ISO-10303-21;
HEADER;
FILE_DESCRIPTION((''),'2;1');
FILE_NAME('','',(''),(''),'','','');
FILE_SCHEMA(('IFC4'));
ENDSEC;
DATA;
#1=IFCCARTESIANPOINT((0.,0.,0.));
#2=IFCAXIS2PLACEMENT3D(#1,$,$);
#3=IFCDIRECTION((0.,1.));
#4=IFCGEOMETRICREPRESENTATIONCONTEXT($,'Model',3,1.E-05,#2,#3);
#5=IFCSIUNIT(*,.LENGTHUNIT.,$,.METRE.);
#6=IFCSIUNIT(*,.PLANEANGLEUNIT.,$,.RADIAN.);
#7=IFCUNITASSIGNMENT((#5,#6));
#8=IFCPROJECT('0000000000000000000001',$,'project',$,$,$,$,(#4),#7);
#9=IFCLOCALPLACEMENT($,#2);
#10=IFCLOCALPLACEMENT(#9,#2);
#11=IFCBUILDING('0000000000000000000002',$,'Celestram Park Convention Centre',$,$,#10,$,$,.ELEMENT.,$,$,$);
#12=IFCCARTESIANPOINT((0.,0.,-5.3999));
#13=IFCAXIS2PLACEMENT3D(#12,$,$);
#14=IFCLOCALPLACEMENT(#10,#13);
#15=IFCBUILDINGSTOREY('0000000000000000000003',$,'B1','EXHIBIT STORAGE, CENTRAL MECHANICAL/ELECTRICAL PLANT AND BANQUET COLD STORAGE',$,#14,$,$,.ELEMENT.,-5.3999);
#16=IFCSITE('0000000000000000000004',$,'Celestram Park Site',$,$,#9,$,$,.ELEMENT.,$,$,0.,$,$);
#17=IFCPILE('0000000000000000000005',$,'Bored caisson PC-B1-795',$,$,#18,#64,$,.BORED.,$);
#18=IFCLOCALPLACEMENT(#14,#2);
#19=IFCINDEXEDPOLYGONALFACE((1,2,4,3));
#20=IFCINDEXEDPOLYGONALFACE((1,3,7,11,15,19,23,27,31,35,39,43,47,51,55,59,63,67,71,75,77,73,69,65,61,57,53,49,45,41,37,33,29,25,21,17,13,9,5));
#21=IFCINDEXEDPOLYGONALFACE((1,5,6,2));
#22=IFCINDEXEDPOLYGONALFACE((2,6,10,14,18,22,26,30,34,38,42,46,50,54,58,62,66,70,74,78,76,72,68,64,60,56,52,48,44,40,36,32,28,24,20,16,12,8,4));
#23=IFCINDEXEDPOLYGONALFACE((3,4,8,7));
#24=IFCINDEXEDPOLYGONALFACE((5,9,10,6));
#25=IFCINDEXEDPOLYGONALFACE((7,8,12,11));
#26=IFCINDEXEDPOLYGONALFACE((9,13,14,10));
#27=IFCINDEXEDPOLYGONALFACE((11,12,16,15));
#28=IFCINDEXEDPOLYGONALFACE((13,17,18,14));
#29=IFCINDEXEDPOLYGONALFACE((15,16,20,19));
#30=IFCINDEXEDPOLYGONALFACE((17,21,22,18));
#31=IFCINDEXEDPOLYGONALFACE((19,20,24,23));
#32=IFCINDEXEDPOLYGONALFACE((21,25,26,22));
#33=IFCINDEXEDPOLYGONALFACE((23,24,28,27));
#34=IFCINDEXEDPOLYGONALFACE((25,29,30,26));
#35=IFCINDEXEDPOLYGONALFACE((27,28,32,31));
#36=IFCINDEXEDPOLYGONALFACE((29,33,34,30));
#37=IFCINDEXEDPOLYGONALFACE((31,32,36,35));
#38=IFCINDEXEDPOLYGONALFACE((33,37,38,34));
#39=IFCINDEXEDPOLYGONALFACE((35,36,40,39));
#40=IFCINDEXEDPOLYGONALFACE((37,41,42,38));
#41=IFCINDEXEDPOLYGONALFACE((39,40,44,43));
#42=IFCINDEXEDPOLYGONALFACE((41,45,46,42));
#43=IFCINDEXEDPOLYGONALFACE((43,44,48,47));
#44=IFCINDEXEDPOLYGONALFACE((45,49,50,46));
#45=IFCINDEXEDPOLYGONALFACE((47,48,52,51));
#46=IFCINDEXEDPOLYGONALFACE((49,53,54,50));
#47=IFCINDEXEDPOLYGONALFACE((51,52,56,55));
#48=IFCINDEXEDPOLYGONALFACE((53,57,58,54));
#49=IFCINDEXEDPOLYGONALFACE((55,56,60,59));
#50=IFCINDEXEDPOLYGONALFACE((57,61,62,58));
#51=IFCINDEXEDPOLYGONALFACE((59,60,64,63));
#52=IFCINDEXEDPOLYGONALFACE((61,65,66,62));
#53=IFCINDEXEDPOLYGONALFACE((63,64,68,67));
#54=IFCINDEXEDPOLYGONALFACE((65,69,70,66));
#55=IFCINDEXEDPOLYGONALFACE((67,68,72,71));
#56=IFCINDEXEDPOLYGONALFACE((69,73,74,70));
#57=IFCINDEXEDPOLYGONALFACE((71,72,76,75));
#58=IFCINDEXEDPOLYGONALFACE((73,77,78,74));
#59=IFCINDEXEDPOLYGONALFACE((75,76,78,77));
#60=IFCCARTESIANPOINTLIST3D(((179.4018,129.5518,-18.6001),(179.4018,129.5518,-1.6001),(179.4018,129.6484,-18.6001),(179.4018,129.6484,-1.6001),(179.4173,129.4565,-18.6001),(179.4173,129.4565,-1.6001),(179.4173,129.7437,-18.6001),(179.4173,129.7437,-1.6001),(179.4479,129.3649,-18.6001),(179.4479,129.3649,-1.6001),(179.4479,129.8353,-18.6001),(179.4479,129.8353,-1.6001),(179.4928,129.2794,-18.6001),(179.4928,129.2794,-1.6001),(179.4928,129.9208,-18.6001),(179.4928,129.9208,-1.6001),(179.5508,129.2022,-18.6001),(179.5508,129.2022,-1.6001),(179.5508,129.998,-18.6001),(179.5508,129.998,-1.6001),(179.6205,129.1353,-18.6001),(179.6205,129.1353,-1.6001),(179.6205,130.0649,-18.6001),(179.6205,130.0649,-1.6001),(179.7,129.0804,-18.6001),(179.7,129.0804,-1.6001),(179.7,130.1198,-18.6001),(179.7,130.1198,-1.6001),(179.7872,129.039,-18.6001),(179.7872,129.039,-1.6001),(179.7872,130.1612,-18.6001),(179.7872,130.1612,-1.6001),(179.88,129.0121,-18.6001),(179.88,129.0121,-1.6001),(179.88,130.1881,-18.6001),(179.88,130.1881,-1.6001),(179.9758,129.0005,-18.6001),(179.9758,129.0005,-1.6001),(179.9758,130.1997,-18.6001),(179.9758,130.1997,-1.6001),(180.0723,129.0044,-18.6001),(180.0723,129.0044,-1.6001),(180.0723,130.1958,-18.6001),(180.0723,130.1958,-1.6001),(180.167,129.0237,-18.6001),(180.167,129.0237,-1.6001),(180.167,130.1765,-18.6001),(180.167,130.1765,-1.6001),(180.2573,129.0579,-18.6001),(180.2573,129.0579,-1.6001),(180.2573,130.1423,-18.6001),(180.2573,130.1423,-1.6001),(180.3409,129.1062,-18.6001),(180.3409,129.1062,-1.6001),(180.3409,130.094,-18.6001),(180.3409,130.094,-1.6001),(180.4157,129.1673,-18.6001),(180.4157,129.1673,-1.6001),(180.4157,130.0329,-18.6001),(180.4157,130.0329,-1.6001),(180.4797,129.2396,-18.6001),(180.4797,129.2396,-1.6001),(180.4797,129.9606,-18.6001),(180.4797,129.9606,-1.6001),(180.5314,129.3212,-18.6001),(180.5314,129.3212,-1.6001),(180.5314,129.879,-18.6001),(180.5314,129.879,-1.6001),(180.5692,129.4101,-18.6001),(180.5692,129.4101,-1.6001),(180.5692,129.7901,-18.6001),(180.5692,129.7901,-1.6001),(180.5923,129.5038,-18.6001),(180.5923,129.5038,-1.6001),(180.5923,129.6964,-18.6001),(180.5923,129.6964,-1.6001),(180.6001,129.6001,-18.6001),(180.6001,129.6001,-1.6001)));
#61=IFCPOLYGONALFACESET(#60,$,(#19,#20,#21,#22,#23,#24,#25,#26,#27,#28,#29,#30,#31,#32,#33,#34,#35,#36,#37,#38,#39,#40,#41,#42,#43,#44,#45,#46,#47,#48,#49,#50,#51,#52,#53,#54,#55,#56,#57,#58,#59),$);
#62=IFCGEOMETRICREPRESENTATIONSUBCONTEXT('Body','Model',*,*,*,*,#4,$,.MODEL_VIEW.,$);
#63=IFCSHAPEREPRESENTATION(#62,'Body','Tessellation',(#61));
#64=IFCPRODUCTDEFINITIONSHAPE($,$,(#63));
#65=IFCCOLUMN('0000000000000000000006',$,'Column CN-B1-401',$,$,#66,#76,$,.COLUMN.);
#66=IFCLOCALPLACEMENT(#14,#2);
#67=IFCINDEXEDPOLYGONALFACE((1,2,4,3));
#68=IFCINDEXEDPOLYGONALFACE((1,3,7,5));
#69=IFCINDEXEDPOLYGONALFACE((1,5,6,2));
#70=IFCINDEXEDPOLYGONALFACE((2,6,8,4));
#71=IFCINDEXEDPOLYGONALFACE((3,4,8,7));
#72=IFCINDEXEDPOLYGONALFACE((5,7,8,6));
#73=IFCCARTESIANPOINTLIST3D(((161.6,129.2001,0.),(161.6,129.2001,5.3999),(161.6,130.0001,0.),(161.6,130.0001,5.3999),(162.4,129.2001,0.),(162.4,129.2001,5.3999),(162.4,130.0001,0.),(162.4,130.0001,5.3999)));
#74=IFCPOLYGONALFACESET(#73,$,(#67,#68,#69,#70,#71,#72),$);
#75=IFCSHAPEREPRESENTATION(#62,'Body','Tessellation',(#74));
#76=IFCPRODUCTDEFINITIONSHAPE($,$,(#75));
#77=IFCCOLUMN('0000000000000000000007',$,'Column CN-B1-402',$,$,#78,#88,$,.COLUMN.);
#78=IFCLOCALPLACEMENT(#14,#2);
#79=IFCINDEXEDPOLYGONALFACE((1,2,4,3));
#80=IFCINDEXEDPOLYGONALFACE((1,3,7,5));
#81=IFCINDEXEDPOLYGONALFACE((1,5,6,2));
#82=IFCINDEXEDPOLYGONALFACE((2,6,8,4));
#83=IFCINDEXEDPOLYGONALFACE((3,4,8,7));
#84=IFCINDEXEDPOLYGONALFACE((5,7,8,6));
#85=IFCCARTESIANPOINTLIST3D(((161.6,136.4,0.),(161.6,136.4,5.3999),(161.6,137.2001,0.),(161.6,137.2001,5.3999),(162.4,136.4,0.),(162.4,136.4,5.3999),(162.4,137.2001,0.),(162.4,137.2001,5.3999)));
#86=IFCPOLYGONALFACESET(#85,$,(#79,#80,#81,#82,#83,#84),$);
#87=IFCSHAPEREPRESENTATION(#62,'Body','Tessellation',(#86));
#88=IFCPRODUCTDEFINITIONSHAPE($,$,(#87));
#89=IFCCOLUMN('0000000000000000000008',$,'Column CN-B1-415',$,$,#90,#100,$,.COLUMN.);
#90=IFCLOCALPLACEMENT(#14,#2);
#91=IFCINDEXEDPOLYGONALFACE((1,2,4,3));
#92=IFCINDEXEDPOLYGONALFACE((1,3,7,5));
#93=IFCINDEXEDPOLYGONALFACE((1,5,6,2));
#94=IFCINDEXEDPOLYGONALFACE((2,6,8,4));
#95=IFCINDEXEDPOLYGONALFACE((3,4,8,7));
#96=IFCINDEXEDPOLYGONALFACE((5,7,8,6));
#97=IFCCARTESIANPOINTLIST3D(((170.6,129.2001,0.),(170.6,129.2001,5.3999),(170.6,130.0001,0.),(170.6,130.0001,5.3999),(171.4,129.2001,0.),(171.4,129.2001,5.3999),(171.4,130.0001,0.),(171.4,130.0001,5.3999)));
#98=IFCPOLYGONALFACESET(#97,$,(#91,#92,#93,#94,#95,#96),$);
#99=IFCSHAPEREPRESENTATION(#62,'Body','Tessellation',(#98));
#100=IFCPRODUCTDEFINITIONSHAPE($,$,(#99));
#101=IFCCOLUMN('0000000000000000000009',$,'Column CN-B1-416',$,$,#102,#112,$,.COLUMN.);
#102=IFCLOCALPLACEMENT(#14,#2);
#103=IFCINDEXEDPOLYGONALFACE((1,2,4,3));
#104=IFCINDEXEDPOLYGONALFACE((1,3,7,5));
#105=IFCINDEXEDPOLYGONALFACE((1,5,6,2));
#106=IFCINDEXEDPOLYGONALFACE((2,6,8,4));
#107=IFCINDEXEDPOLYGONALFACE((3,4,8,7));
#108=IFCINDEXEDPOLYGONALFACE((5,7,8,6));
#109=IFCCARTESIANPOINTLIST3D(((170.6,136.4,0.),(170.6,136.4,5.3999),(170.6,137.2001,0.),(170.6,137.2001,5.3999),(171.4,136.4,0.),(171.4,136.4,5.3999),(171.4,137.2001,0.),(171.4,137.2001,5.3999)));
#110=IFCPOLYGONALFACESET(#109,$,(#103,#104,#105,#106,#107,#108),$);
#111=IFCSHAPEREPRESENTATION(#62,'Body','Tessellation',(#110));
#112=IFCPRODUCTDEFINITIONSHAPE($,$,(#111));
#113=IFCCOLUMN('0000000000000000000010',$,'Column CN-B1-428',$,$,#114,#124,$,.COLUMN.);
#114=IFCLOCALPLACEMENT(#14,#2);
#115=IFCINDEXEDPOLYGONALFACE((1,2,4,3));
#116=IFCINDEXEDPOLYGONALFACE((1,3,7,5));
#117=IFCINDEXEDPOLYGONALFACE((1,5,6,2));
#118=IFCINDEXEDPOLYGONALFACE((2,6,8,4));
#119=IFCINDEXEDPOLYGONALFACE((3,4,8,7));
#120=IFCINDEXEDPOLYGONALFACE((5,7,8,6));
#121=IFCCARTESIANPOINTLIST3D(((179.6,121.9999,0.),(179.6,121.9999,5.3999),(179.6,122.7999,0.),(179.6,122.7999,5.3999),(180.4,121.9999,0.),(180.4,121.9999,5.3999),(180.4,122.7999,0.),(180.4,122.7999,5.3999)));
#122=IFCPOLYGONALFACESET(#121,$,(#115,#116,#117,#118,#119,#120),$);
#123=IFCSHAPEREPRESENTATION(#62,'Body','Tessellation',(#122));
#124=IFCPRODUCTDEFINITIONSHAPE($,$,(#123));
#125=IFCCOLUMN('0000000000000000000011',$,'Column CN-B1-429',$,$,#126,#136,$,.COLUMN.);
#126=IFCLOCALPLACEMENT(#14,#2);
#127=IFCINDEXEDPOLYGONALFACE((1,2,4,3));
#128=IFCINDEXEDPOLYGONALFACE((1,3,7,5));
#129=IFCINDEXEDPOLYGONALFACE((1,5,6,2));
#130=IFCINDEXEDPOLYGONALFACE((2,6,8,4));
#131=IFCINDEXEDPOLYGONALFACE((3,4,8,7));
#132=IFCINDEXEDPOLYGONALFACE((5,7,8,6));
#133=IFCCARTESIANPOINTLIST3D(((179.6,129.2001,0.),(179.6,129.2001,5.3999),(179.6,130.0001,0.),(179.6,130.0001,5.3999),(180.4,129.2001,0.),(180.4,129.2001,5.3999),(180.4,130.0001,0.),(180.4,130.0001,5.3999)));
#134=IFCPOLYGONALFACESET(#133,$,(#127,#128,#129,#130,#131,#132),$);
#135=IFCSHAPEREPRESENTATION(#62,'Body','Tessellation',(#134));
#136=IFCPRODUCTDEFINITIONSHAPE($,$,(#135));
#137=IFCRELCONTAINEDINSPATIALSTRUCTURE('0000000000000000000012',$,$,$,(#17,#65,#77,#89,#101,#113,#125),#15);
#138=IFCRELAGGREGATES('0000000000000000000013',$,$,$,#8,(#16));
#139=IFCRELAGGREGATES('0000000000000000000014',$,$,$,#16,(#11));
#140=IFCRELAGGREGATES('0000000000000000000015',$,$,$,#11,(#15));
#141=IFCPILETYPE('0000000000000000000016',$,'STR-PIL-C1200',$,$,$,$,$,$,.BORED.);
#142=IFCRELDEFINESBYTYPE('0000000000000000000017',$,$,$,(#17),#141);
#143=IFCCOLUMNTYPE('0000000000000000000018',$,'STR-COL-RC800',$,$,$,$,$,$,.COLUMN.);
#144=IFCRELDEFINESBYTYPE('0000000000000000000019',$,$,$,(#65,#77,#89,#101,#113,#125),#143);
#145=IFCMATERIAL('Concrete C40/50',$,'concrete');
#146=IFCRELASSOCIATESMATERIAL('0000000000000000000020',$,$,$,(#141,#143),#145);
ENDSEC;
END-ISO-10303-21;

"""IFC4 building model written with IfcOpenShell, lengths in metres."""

from ifc_helpers import new_model, si_unit, direction, frame, origin, origin_2d, place, context, subcontext, project, spatial, rectangle, circle, extrude, material, material_profile, profile_set, type_object, element, save


model = new_model("IFC4")

# Units and contexts
model_context = context("Model", 3, precision=1e-05, world=origin(), true_north=direction((0.0, 1.0)))
body_context = subcontext(model_context, "Body", "Model", "MODEL_VIEW")
ifc_project = project(units=[si_unit("LENGTHUNIT", "METRE"), si_unit("PLANEANGLEUNIT", "RADIAN")], contexts=[model_context])

# Site, building, storey
site_placement = place(None, origin())
site = spatial("IfcSite", under=ifc_project, at=site_placement, Name="Celestram Park Site", CompositionType="ELEMENT", RefElevation=0.0)
building_placement = place(site_placement, origin())
building = spatial("IfcBuilding", under=site, at=building_placement, Name="Celestram Park Convention Centre", CompositionType="ELEMENT")
storey_placement = place(building_placement, frame((0.0, 0.0, -5.3999)))
storey = spatial("IfcBuildingStorey", under=building, at=storey_placement, Name="B1", Description="EXHIBIT STORAGE, CENTRAL MECHANICAL/ELECTRICAL PLANT AND BANQUET COLD STORAGE", CompositionType="ELEMENT", Elevation=-5.3999)

# Shared definitions
ifc_material_1 = material(Name="Concrete C40/50", Category="concrete")

# Pile
ifc_material_profile_1 = material_profile(ifc_material_1, circle(Radius=0.6001, at=origin_2d()), Name="CAISSON1200")
ifc_profile_set_1 = profile_set([ifc_material_profile_1], Name="Concrete C40/50")
pile_type = type_object("IfcPileType", Name="STR-PIL-C1200", PredefinedType="BORED", material=ifc_profile_set_1)
for number, where, z_axis, x_axis, name in (
    (1, (180.0, 129.6001, -1.6001), (0.0, 0.0, -1.0), (1.0, 0.0, 0.0), "Bored caisson PC-B1-795"),
):
    element("IfcPile", number, at=place(storey_placement, frame(where, z_axis=z_axis, x_axis=x_axis)), inside=storey, type_object=pile_type, Name=name, PredefinedType="BORED", context=body_context, shape_type="SweptSolid", body=[
        extrude(circle(Radius=0.6001, at=origin_2d()), origin(), (0.0, 0.0, 1.0), 17.0),
    ])

# Columns
ifc_material_profile_2 = material_profile(ifc_material_1, rectangle(XDim=0.8, YDim=0.8, at=origin_2d()), Name="RC800X800")
ifc_profile_set_2 = profile_set([ifc_material_profile_2], Name="Concrete C40/50")
column_type = type_object("IfcColumnType", Name="STR-COL-RC800", PredefinedType="COLUMN", material=ifc_profile_set_2)
for number, where, z_axis, x_axis, name in (
    (2, (162.0, 129.6001, 0.0), (0.0, 0.0, 1.0), (1.0, 0.0, 0.0), "Column CN-B1-401"),
    (3, (162.0, 136.8, 0.0), (0.0, 0.0, 1.0), (1.0, 0.0, 0.0), "Column CN-B1-402"),
    (4, (171.0, 129.6001, 0.0), (0.0, 0.0, 1.0), (1.0, 0.0, 0.0), "Column CN-B1-415"),
    (5, (171.0, 136.8, 0.0), (0.0, 0.0, 1.0), (1.0, 0.0, 0.0), "Column CN-B1-416"),
    (6, (180.0, 122.3999, 0.0), (0.0, 0.0, 1.0), (1.0, 0.0, 0.0), "Column CN-B1-428"),
    (7, (180.0, 129.6001, 0.0), (0.0, 0.0, 1.0), (1.0, 0.0, 0.0), "Column CN-B1-429"),
):
    element("IfcColumn", number, at=place(storey_placement, frame(where, z_axis=z_axis, x_axis=x_axis)), inside=storey, type_object=column_type, Name=name, PredefinedType="COLUMN", context=body_context, shape_type="SweptSolid", body=[
        extrude(rectangle(XDim=0.8, YDim=0.8, at=origin_2d()), origin(), (0.0, 0.0, 1.0), 5.3999),
    ])

save(model, "model.ifc")
